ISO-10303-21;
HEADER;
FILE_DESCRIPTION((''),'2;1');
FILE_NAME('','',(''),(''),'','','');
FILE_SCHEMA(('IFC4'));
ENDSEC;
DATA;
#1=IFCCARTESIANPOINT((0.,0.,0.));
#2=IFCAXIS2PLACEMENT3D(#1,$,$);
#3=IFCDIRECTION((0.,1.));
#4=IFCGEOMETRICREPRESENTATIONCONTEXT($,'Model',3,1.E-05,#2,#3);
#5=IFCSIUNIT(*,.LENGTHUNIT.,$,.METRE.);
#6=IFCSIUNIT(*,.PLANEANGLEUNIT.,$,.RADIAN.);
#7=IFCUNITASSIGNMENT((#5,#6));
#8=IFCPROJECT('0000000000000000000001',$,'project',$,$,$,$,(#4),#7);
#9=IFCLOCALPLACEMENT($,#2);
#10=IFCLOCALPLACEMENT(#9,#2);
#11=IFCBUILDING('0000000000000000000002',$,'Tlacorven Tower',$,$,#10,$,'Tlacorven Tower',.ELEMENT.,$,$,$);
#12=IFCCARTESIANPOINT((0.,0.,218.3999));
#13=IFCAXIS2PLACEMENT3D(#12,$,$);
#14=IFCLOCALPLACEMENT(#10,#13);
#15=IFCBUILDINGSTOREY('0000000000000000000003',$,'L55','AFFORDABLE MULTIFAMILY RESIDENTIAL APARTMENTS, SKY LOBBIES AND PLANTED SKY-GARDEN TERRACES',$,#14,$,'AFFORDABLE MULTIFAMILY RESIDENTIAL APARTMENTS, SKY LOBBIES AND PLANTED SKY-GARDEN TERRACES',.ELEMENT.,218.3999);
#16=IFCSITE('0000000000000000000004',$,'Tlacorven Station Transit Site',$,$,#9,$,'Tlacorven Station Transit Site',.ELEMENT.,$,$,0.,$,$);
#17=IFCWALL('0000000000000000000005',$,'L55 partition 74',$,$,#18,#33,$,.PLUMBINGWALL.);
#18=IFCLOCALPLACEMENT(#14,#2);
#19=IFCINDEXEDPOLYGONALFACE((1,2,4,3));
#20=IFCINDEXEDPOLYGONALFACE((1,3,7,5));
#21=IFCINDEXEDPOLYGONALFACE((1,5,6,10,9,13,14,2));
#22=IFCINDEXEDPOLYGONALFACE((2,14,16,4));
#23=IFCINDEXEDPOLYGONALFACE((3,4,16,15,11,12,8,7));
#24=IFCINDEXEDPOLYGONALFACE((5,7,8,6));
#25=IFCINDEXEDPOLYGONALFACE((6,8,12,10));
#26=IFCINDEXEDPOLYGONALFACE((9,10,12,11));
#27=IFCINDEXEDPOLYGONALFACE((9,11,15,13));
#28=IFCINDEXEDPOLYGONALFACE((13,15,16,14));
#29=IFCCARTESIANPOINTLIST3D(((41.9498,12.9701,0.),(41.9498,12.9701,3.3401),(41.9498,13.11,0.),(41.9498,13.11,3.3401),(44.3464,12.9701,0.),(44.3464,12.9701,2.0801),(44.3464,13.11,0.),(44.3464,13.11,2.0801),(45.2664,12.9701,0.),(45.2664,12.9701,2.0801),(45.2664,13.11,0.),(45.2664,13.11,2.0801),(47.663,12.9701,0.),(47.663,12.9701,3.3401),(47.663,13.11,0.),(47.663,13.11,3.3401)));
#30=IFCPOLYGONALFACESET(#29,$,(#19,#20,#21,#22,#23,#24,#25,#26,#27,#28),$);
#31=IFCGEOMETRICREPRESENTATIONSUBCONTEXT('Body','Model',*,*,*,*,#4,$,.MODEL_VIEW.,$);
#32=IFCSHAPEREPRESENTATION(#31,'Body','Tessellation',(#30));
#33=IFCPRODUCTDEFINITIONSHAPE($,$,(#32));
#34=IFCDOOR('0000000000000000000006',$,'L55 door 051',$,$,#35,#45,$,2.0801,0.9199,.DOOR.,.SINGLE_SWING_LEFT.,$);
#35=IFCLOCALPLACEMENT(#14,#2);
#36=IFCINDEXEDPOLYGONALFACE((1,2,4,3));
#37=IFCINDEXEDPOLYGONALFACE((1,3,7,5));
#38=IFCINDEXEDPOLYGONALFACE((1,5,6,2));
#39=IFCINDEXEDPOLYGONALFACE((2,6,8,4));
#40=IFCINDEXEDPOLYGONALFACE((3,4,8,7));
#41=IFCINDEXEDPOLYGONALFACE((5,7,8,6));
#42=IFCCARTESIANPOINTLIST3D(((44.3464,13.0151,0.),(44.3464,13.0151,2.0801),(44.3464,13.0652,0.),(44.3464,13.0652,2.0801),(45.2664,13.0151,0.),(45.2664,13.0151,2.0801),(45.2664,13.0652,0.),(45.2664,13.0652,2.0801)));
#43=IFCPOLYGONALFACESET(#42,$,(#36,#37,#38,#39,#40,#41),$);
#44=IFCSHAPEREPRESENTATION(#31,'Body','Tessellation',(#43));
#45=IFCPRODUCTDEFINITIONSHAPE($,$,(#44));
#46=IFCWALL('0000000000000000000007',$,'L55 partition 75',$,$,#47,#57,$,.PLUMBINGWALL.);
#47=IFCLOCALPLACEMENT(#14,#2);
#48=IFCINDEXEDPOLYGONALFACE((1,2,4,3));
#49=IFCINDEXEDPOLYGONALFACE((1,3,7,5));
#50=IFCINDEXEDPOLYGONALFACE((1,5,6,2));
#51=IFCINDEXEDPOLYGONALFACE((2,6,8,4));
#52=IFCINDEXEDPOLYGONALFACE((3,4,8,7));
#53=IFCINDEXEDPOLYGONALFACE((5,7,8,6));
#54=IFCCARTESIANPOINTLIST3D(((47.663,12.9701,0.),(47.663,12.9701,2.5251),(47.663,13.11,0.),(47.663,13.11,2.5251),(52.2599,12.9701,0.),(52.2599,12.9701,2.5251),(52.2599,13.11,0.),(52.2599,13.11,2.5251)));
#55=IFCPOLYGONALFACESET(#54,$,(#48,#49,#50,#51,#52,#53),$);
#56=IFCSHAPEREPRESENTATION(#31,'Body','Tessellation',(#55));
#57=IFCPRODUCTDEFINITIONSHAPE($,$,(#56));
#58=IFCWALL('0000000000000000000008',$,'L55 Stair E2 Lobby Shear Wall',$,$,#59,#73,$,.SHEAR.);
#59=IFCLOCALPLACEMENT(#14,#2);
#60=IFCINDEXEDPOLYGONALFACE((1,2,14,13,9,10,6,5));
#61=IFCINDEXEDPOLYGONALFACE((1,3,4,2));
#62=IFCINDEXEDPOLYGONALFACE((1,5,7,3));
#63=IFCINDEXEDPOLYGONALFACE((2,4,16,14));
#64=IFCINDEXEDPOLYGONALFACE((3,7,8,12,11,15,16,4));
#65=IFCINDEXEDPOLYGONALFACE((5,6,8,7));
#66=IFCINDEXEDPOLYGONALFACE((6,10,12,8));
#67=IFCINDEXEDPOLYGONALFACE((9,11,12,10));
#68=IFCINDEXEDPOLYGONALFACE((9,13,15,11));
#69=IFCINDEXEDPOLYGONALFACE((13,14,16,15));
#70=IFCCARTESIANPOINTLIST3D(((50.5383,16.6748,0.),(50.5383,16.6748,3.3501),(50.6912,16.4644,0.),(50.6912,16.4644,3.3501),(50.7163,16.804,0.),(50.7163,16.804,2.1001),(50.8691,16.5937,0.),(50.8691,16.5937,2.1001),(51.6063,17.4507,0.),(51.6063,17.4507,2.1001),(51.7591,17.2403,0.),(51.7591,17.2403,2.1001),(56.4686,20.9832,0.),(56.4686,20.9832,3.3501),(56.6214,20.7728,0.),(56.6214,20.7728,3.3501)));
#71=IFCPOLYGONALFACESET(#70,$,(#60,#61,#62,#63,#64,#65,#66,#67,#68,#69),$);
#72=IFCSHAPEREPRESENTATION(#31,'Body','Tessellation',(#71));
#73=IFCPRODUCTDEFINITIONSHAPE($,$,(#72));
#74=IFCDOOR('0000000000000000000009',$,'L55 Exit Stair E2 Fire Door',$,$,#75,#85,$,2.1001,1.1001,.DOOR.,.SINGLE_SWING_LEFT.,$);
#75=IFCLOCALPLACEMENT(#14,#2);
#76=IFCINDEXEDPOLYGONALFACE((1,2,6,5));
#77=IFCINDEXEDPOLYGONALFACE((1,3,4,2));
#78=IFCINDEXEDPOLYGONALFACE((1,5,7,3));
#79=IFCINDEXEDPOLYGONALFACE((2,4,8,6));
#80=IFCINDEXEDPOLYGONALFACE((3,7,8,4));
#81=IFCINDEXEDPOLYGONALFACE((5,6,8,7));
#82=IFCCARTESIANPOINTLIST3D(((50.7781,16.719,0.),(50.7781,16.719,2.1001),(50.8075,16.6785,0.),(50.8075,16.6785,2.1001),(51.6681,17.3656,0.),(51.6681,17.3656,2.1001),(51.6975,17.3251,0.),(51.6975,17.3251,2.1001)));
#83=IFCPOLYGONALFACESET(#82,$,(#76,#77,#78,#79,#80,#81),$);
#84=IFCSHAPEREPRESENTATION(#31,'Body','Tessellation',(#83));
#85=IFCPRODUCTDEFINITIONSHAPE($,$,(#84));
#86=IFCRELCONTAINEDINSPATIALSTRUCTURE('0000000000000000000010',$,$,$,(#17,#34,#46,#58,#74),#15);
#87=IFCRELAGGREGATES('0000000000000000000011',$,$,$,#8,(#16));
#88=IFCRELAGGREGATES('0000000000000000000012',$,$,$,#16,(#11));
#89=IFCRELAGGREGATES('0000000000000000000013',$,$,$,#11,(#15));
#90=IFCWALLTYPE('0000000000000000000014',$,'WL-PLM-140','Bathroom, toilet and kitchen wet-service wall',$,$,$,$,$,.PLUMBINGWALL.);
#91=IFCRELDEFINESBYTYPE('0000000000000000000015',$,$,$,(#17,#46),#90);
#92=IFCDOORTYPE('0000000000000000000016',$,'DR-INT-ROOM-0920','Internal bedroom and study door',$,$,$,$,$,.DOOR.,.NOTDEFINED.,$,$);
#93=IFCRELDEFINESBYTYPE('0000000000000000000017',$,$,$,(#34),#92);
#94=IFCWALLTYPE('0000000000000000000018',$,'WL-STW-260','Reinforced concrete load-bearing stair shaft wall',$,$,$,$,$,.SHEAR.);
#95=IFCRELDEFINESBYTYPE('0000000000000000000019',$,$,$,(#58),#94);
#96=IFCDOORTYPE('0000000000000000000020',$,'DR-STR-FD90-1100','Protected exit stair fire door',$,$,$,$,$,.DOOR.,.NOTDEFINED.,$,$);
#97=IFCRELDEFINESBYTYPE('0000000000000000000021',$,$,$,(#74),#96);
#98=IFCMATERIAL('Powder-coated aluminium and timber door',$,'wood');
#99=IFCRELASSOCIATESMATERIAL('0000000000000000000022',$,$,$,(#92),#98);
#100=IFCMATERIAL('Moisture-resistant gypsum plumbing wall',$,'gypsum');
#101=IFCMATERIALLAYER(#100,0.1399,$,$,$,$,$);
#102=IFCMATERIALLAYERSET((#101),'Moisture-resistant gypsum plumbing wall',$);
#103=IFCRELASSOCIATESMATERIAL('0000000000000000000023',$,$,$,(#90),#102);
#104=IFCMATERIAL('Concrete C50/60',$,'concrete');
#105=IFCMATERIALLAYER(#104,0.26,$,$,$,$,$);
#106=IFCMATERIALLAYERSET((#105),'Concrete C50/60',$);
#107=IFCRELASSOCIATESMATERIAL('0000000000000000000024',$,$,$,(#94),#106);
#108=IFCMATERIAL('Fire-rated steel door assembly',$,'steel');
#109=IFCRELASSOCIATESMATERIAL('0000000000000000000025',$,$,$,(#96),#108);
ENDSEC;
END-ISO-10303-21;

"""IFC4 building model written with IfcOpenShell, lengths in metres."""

from ifc_helpers import new_model, si_unit, direction, frame, frame_2d, origin, place, context, subcontext, project, spatial, rectangle, extrude, source, transform, mapped, material, layer, layer_set, type_object, element, fill, save


model = new_model("IFC4")

# Units and contexts
model_context = context("Model", 3, precision=1e-05, world=origin(), true_north=direction((0.0, 1.0)))
body_context = subcontext(model_context, "Body", "Model", "MODEL_VIEW")
ifc_project = project(units=[si_unit("LENGTHUNIT", "METRE"), si_unit("PLANEANGLEUNIT", "RADIAN")], contexts=[model_context])

# Site, building, storey
site_placement = place(None, origin())
site = spatial("IfcSite", under=ifc_project, at=site_placement, Name="Tlacorven Station Transit Site", LongName="Tlacorven Station Transit Site", CompositionType="ELEMENT", RefElevation=0.0)
building_placement = place(site_placement, origin())
building = spatial("IfcBuilding", under=site, at=building_placement, Name="Tlacorven Tower", LongName="Tlacorven Tower", CompositionType="ELEMENT")
storey_placement = place(building_placement, frame((0.0, 0.0, 218.3999)))
storey = spatial("IfcBuildingStorey", under=building, at=storey_placement, Name="L55", Description="AFFORDABLE MULTIFAMILY RESIDENTIAL APARTMENTS, SKY LOBBIES AND PLANTED SKY-GARDEN TERRACES", LongName="AFFORDABLE MULTIFAMILY RESIDENTIAL APARTMENTS, SKY LOBBIES AND PLANTED SKY-GARDEN TERRACES", CompositionType="ELEMENT", Elevation=218.3999)

# Shared definitions
ifc_material_1 = material(Name="Fire-rated steel door assembly", Category="steel")

# Shared definitions
ifc_material_2 = material(Name="Powder-coated aluminium and timber door", Category="wood")
door_type_1 = type_object("IfcDoorType", Name="DR-INT-ROOM-0920", Description="Internal bedroom and study door", OperationType="NOTDEFINED", PredefinedType="DOOR", material=ifc_material_2)
shared_shape_1 = source(origin(), body_context, "Body", "SweptSolid", [
    extrude(rectangle(XDim=0.9199, YDim=2.0801, at=frame_2d((0.46, 1.04))), frame((0.0, 0.0249, 0.0), z_axis=(0.0, -1.0, 0.0), x_axis=(1.0, 0.0, 0.0)), (0.0, 0.0, 1.0), 0.05),
])

# Shared definitions
ifc_material_3 = material(Name="Moisture-resistant gypsum plumbing wall", Category="gypsum")
ifc_layer_1 = layer(ifc_material_3, 0.1399)
ifc_layer_set_1 = layer_set([ifc_layer_1], Name="Moisture-resistant gypsum plumbing wall")
wall_type_1 = type_object("IfcWallType", Name="WL-PLM-140", Description="Bathroom, toilet and kitchen wet-service wall", PredefinedType="PLUMBINGWALL", material=ifc_layer_set_1)

# Wall, opening, door
wall_1_placement = place(storey_placement, frame((41.95, 13.04, 0.0), z_axis=(0.0, 0.0, 1.0), x_axis=(1.0, 0.0, 0.0)))
wall_1 = element("IfcWall", 1, at=wall_1_placement, inside=storey, type_object=wall_type_1, Name="L55 partition 74", PredefinedType="PLUMBINGWALL", context=body_context, shape_type="SweptSolid", body=[
    extrude(rectangle(XDim=5.7131, YDim=0.1399, at=frame_2d((2.8564, 0.0))), origin(), (0.0, 0.0, 1.0), 3.3401),
])
opening_1_placement = place(wall_1_placement, frame((2.3965, 0.0, 0.0)))
opening_1 = element("IfcOpeningElement", 2, at=opening_1_placement, cuts=wall_1, PredefinedType="OPENING", context=body_context, shape_type="SweptSolid", body=[
    extrude(rectangle(XDim=0.9199, YDim=2.0801, at=frame_2d((0.46, 1.04))), frame((0.0, 0.0801, 0.0), z_axis=(0.0, -1.0, 0.0), x_axis=(1.0, 0.0, 0.0)), (0.0, 0.0, 1.0), 0.1599),
])
door_1_placement = place(opening_1_placement, frame((0.9199, 0.0, 0.0), z_axis=(0.0, 0.0, 1.0), x_axis=(-1.0, 0.0, 0.0)))
door_1 = element("IfcDoor", 3, at=door_1_placement, inside=storey, type_object=door_type_1, Name="L55 door 051", OperationType="SINGLE_SWING_LEFT", OverallHeight=2.0801, OverallWidth=0.9199, PredefinedType="DOOR", context=body_context, shape_type="MappedRepresentation", body=[
    mapped(shared_shape_1, transform((0.0, 0.0, 0.0), scale=1.0)),
])
fill(opening_1, door_1)

# Wall
wall_2_placement = place(storey_placement, frame((47.6631, 13.04, 0.0), z_axis=(0.0, 0.0, 1.0), x_axis=(1.0, 0.0, 0.0)))
element("IfcWall", 4, at=wall_2_placement, inside=storey, type_object=wall_type_1, Name="L55 partition 75", PredefinedType="PLUMBINGWALL", context=body_context, shape_type="SweptSolid", body=[
    extrude(rectangle(XDim=4.5969, YDim=0.1399, at=frame_2d((2.2983, 0.0))), origin(), (0.0, 0.0, 1.0), 2.5251),
])

# Wall, opening, door
ifc_material_4 = material(Name="Concrete C50/60", Category="concrete")
ifc_layer_2 = layer(ifc_material_4, 0.26)
ifc_layer_set_2 = layer_set([ifc_layer_2], Name="Concrete C50/60")
wall_type_2 = type_object("IfcWallType", Name="WL-STW-260", Description="Reinforced concrete load-bearing stair shaft wall", PredefinedType="SHEAR", material=ifc_layer_set_2)
wall_3_placement = place(storey_placement, frame((50.6147, 16.5696, 0.0), z_axis=(0.0, 0.0, 1.0), x_axis=(0.809028, 0.58777, 0.0)))
wall_3 = element("IfcWall", 5, at=wall_3_placement, inside=storey, type_object=wall_type_2, Name="L55 Stair E2 Lobby Shear Wall", PredefinedType="SHEAR", context=body_context, shape_type="SweptSolid", body=[
    extrude(rectangle(XDim=7.3301, YDim=0.26, at=frame_2d((3.665, 0.0))), origin(), (0.0, 0.0, 1.0), 3.3501),
])
opening_2_placement = place(wall_3_placement, frame((0.22, 0.0, 0.0)))
opening_2 = element("IfcOpeningElement", 6, at=opening_2_placement, cuts=wall_3, PredefinedType="OPENING", context=body_context, shape_type="SweptSolid", body=[
    extrude(rectangle(XDim=1.1001, YDim=2.1001, at=frame_2d((0.55, 1.05))), frame((0.0, 0.1401, 0.0), z_axis=(0.0, -1.0, 0.0), x_axis=(1.0, 0.0, 0.0)), (0.0, 0.0, 1.0), 0.28),
])
door_type_2 = type_object("IfcDoorType", Name="DR-STR-FD90-1100", Description="Protected exit stair fire door", OperationType="NOTDEFINED", PredefinedType="DOOR", material=ifc_material_1)
shared_shape_2 = source(origin(), body_context, "Body", "SweptSolid", [
    extrude(rectangle(XDim=1.1001, YDim=2.1001, at=frame_2d((0.55, 1.05))), frame((0.0, 0.0249, 0.0), z_axis=(0.0, -1.0, 0.0), x_axis=(1.0, 0.0, 0.0)), (0.0, 0.0, 1.0), 0.05),
])
door_2_placement = place(opening_2_placement, origin())
door_2 = element("IfcDoor", 7, at=door_2_placement, inside=storey, type_object=door_type_2, Name="L55 Exit Stair E2 Fire Door", OperationType="SINGLE_SWING_LEFT", OverallHeight=2.1001, OverallWidth=1.1001, PredefinedType="DOOR", context=body_context, shape_type="MappedRepresentation", body=[
    mapped(shared_shape_2, transform((0.0, 0.0, 0.0), scale=1.0)),
])
fill(opening_2, door_2)

save(model, "model.ifc")
